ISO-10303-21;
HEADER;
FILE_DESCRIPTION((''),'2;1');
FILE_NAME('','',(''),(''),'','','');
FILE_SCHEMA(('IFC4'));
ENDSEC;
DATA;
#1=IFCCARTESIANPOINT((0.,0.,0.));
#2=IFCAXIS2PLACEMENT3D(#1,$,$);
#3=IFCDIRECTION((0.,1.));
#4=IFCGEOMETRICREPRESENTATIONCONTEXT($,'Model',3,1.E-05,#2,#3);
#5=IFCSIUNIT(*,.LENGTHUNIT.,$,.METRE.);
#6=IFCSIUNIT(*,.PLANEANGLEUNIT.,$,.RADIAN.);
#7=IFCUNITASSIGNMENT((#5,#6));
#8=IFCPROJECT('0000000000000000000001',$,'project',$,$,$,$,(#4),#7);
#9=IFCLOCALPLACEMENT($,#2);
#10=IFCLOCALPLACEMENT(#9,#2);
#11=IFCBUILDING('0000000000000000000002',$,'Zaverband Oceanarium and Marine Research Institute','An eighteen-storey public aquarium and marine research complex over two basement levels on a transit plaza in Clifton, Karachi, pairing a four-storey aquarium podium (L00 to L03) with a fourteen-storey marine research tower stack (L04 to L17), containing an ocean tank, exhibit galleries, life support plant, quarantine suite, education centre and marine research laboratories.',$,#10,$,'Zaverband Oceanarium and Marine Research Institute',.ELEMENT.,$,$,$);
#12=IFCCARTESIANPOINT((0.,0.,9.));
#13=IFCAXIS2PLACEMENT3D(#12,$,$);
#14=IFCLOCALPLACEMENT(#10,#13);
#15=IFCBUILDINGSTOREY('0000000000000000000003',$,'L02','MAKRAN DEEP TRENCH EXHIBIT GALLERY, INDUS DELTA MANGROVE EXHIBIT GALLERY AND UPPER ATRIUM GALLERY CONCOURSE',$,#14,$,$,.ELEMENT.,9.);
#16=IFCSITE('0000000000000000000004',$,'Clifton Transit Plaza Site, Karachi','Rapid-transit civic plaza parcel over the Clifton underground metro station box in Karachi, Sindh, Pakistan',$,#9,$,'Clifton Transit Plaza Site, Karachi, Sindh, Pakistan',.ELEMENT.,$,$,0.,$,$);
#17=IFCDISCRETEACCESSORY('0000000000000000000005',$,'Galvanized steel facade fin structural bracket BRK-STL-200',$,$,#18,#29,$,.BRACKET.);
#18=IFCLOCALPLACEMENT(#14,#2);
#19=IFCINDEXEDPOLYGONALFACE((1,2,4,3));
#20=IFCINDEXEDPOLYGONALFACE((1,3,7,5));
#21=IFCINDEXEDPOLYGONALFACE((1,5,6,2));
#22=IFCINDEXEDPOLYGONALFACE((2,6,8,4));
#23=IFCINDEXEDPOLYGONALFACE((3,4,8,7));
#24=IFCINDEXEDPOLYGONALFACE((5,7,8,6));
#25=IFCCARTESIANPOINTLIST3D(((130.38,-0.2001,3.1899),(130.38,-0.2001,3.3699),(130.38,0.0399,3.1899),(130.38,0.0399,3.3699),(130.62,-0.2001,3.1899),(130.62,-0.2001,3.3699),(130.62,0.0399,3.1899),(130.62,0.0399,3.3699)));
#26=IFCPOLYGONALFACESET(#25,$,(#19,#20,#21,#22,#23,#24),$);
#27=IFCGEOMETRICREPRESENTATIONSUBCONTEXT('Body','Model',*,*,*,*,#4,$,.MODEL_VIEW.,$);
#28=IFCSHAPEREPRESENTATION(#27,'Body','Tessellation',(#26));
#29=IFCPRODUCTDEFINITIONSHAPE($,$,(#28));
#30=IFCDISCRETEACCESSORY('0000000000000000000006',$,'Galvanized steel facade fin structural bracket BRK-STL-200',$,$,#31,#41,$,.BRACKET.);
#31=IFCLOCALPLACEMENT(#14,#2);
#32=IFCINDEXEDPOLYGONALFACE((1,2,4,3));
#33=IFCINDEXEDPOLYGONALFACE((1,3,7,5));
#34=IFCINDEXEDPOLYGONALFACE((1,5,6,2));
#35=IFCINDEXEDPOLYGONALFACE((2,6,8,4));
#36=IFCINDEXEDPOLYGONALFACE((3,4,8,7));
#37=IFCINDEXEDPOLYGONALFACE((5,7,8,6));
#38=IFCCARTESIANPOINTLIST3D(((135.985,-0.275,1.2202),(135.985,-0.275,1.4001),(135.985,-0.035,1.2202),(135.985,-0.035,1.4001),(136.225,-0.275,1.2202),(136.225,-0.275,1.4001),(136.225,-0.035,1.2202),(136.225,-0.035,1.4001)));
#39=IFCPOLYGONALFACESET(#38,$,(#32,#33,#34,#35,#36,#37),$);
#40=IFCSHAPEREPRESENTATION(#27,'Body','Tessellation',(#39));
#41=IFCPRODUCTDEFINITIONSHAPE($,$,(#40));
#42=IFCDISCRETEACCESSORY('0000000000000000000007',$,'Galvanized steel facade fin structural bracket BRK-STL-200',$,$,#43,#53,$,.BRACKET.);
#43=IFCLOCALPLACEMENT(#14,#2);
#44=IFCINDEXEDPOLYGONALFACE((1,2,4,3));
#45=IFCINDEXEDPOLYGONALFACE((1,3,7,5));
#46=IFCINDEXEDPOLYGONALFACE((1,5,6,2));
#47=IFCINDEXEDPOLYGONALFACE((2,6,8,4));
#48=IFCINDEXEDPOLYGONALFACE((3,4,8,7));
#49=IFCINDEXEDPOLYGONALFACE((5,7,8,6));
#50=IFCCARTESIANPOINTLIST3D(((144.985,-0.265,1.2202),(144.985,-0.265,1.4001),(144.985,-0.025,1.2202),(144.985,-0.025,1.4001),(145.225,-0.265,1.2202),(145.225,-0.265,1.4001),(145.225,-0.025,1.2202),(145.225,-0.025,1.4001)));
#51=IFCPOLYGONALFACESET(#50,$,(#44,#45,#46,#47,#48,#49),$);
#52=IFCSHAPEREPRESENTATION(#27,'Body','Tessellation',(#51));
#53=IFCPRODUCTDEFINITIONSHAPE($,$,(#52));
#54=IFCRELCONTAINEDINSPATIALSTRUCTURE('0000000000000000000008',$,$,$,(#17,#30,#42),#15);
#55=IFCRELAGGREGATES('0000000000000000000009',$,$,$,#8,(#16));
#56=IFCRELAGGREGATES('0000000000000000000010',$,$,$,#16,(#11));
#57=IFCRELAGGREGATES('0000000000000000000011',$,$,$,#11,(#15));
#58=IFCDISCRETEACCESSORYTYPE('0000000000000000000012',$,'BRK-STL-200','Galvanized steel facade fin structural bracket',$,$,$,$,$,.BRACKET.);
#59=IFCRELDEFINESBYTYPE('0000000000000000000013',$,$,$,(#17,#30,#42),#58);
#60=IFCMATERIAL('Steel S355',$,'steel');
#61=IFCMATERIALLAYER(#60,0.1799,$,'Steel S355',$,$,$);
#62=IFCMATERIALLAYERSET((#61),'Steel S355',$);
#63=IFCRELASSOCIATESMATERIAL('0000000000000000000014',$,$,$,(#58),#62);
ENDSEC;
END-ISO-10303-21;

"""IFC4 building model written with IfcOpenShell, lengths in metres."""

from ifc_helpers import new_model, si_unit, direction, frame, origin, origin_2d, place, context, subcontext, project, spatial, rectangle, extrude, material, layer, layer_set, type_object, element, save


model = new_model("IFC4")

# Units and contexts
model_context = context("Model", 3, precision=1e-05, world=origin(), true_north=direction((0.0, 1.0)))
body_context = subcontext(model_context, "Body", "Model", "MODEL_VIEW")
ifc_project = project(units=[si_unit("LENGTHUNIT", "METRE"), si_unit("PLANEANGLEUNIT", "RADIAN")], contexts=[model_context])

# Site, building, storey
site_placement = place(None, origin())
site = spatial("IfcSite", under=ifc_project, at=site_placement, Name="Clifton Transit Plaza Site, Karachi", Description="Rapid-transit civic plaza parcel over the Clifton underground metro station box in Karachi, Sindh, Pakistan", LongName="Clifton Transit Plaza Site, Karachi, Sindh, Pakistan", CompositionType="ELEMENT", RefElevation=0.0)
building_placement = place(site_placement, origin())
building = spatial("IfcBuilding", under=site, at=building_placement, Name="Zaverband Oceanarium and Marine Research Institute", Description="An eighteen-storey public aquarium and marine research complex over two basement levels on a transit plaza in Clifton, Karachi, pairing a four-storey aquarium podium (L00 to L03) with a fourteen-storey marine research tower stack (L04 to L17), containing an ocean tank, exhibit galleries, life support plant, quarantine suite, education centre and marine research laboratories.", LongName="Zaverband Oceanarium and Marine Research Institute", CompositionType="ELEMENT")
storey_placement = place(building_placement, frame((0.0, 0.0, 9.0)))
storey = spatial("IfcBuildingStorey", under=building, at=storey_placement, Name="L02", Description="MAKRAN DEEP TRENCH EXHIBIT GALLERY, INDUS DELTA MANGROVE EXHIBIT GALLERY AND UPPER ATRIUM GALLERY CONCOURSE", CompositionType="ELEMENT", Elevation=9.0)

# Discrete accessories
ifc_material_1 = material(Name="Steel S355", Category="steel")
ifc_layer_1 = layer(ifc_material_1, 0.1799, Name="Steel S355")
ifc_layer_set_1 = layer_set([ifc_layer_1], Name="Steel S355")
discrete_accessory_type = type_object("IfcDiscreteAccessoryType", Name="BRK-STL-200", Description="Galvanized steel facade fin structural bracket", PredefinedType="BRACKET", material=ifc_layer_set_1)
for number, where, z_axis, x_axis, name in (
    (1, (130.5, -0.0801, 3.1899), (0.0, 0.0, 1.0), (1.0, 0.0, 0.0), "Galvanized steel facade fin structural bracket BRK-STL-200"),
    (2, (136.105, -0.155, 1.2202), (0.0, 0.0, 1.0), (1.0, 0.0, 0.0), "Galvanized steel facade fin structural bracket BRK-STL-200"),
    (3, (145.105, -0.145, 1.2202), (0.0, 0.0, 1.0), (1.0, 0.0, 0.0), "Galvanized steel facade fin structural bracket BRK-STL-200"),
):
    element("IfcDiscreteAccessory", number, at=place(storey_placement, frame(where, z_axis=z_axis, x_axis=x_axis)), inside=storey, type_object=discrete_accessory_type, Name=name, PredefinedType="BRACKET", context=body_context, shape_type="SweptSolid", body=[
        extrude(rectangle(XDim=0.24, YDim=0.24, at=origin_2d()), origin(), (0.0, 0.0, 1.0), 0.1799),
    ])

save(model, "model.ifc")
